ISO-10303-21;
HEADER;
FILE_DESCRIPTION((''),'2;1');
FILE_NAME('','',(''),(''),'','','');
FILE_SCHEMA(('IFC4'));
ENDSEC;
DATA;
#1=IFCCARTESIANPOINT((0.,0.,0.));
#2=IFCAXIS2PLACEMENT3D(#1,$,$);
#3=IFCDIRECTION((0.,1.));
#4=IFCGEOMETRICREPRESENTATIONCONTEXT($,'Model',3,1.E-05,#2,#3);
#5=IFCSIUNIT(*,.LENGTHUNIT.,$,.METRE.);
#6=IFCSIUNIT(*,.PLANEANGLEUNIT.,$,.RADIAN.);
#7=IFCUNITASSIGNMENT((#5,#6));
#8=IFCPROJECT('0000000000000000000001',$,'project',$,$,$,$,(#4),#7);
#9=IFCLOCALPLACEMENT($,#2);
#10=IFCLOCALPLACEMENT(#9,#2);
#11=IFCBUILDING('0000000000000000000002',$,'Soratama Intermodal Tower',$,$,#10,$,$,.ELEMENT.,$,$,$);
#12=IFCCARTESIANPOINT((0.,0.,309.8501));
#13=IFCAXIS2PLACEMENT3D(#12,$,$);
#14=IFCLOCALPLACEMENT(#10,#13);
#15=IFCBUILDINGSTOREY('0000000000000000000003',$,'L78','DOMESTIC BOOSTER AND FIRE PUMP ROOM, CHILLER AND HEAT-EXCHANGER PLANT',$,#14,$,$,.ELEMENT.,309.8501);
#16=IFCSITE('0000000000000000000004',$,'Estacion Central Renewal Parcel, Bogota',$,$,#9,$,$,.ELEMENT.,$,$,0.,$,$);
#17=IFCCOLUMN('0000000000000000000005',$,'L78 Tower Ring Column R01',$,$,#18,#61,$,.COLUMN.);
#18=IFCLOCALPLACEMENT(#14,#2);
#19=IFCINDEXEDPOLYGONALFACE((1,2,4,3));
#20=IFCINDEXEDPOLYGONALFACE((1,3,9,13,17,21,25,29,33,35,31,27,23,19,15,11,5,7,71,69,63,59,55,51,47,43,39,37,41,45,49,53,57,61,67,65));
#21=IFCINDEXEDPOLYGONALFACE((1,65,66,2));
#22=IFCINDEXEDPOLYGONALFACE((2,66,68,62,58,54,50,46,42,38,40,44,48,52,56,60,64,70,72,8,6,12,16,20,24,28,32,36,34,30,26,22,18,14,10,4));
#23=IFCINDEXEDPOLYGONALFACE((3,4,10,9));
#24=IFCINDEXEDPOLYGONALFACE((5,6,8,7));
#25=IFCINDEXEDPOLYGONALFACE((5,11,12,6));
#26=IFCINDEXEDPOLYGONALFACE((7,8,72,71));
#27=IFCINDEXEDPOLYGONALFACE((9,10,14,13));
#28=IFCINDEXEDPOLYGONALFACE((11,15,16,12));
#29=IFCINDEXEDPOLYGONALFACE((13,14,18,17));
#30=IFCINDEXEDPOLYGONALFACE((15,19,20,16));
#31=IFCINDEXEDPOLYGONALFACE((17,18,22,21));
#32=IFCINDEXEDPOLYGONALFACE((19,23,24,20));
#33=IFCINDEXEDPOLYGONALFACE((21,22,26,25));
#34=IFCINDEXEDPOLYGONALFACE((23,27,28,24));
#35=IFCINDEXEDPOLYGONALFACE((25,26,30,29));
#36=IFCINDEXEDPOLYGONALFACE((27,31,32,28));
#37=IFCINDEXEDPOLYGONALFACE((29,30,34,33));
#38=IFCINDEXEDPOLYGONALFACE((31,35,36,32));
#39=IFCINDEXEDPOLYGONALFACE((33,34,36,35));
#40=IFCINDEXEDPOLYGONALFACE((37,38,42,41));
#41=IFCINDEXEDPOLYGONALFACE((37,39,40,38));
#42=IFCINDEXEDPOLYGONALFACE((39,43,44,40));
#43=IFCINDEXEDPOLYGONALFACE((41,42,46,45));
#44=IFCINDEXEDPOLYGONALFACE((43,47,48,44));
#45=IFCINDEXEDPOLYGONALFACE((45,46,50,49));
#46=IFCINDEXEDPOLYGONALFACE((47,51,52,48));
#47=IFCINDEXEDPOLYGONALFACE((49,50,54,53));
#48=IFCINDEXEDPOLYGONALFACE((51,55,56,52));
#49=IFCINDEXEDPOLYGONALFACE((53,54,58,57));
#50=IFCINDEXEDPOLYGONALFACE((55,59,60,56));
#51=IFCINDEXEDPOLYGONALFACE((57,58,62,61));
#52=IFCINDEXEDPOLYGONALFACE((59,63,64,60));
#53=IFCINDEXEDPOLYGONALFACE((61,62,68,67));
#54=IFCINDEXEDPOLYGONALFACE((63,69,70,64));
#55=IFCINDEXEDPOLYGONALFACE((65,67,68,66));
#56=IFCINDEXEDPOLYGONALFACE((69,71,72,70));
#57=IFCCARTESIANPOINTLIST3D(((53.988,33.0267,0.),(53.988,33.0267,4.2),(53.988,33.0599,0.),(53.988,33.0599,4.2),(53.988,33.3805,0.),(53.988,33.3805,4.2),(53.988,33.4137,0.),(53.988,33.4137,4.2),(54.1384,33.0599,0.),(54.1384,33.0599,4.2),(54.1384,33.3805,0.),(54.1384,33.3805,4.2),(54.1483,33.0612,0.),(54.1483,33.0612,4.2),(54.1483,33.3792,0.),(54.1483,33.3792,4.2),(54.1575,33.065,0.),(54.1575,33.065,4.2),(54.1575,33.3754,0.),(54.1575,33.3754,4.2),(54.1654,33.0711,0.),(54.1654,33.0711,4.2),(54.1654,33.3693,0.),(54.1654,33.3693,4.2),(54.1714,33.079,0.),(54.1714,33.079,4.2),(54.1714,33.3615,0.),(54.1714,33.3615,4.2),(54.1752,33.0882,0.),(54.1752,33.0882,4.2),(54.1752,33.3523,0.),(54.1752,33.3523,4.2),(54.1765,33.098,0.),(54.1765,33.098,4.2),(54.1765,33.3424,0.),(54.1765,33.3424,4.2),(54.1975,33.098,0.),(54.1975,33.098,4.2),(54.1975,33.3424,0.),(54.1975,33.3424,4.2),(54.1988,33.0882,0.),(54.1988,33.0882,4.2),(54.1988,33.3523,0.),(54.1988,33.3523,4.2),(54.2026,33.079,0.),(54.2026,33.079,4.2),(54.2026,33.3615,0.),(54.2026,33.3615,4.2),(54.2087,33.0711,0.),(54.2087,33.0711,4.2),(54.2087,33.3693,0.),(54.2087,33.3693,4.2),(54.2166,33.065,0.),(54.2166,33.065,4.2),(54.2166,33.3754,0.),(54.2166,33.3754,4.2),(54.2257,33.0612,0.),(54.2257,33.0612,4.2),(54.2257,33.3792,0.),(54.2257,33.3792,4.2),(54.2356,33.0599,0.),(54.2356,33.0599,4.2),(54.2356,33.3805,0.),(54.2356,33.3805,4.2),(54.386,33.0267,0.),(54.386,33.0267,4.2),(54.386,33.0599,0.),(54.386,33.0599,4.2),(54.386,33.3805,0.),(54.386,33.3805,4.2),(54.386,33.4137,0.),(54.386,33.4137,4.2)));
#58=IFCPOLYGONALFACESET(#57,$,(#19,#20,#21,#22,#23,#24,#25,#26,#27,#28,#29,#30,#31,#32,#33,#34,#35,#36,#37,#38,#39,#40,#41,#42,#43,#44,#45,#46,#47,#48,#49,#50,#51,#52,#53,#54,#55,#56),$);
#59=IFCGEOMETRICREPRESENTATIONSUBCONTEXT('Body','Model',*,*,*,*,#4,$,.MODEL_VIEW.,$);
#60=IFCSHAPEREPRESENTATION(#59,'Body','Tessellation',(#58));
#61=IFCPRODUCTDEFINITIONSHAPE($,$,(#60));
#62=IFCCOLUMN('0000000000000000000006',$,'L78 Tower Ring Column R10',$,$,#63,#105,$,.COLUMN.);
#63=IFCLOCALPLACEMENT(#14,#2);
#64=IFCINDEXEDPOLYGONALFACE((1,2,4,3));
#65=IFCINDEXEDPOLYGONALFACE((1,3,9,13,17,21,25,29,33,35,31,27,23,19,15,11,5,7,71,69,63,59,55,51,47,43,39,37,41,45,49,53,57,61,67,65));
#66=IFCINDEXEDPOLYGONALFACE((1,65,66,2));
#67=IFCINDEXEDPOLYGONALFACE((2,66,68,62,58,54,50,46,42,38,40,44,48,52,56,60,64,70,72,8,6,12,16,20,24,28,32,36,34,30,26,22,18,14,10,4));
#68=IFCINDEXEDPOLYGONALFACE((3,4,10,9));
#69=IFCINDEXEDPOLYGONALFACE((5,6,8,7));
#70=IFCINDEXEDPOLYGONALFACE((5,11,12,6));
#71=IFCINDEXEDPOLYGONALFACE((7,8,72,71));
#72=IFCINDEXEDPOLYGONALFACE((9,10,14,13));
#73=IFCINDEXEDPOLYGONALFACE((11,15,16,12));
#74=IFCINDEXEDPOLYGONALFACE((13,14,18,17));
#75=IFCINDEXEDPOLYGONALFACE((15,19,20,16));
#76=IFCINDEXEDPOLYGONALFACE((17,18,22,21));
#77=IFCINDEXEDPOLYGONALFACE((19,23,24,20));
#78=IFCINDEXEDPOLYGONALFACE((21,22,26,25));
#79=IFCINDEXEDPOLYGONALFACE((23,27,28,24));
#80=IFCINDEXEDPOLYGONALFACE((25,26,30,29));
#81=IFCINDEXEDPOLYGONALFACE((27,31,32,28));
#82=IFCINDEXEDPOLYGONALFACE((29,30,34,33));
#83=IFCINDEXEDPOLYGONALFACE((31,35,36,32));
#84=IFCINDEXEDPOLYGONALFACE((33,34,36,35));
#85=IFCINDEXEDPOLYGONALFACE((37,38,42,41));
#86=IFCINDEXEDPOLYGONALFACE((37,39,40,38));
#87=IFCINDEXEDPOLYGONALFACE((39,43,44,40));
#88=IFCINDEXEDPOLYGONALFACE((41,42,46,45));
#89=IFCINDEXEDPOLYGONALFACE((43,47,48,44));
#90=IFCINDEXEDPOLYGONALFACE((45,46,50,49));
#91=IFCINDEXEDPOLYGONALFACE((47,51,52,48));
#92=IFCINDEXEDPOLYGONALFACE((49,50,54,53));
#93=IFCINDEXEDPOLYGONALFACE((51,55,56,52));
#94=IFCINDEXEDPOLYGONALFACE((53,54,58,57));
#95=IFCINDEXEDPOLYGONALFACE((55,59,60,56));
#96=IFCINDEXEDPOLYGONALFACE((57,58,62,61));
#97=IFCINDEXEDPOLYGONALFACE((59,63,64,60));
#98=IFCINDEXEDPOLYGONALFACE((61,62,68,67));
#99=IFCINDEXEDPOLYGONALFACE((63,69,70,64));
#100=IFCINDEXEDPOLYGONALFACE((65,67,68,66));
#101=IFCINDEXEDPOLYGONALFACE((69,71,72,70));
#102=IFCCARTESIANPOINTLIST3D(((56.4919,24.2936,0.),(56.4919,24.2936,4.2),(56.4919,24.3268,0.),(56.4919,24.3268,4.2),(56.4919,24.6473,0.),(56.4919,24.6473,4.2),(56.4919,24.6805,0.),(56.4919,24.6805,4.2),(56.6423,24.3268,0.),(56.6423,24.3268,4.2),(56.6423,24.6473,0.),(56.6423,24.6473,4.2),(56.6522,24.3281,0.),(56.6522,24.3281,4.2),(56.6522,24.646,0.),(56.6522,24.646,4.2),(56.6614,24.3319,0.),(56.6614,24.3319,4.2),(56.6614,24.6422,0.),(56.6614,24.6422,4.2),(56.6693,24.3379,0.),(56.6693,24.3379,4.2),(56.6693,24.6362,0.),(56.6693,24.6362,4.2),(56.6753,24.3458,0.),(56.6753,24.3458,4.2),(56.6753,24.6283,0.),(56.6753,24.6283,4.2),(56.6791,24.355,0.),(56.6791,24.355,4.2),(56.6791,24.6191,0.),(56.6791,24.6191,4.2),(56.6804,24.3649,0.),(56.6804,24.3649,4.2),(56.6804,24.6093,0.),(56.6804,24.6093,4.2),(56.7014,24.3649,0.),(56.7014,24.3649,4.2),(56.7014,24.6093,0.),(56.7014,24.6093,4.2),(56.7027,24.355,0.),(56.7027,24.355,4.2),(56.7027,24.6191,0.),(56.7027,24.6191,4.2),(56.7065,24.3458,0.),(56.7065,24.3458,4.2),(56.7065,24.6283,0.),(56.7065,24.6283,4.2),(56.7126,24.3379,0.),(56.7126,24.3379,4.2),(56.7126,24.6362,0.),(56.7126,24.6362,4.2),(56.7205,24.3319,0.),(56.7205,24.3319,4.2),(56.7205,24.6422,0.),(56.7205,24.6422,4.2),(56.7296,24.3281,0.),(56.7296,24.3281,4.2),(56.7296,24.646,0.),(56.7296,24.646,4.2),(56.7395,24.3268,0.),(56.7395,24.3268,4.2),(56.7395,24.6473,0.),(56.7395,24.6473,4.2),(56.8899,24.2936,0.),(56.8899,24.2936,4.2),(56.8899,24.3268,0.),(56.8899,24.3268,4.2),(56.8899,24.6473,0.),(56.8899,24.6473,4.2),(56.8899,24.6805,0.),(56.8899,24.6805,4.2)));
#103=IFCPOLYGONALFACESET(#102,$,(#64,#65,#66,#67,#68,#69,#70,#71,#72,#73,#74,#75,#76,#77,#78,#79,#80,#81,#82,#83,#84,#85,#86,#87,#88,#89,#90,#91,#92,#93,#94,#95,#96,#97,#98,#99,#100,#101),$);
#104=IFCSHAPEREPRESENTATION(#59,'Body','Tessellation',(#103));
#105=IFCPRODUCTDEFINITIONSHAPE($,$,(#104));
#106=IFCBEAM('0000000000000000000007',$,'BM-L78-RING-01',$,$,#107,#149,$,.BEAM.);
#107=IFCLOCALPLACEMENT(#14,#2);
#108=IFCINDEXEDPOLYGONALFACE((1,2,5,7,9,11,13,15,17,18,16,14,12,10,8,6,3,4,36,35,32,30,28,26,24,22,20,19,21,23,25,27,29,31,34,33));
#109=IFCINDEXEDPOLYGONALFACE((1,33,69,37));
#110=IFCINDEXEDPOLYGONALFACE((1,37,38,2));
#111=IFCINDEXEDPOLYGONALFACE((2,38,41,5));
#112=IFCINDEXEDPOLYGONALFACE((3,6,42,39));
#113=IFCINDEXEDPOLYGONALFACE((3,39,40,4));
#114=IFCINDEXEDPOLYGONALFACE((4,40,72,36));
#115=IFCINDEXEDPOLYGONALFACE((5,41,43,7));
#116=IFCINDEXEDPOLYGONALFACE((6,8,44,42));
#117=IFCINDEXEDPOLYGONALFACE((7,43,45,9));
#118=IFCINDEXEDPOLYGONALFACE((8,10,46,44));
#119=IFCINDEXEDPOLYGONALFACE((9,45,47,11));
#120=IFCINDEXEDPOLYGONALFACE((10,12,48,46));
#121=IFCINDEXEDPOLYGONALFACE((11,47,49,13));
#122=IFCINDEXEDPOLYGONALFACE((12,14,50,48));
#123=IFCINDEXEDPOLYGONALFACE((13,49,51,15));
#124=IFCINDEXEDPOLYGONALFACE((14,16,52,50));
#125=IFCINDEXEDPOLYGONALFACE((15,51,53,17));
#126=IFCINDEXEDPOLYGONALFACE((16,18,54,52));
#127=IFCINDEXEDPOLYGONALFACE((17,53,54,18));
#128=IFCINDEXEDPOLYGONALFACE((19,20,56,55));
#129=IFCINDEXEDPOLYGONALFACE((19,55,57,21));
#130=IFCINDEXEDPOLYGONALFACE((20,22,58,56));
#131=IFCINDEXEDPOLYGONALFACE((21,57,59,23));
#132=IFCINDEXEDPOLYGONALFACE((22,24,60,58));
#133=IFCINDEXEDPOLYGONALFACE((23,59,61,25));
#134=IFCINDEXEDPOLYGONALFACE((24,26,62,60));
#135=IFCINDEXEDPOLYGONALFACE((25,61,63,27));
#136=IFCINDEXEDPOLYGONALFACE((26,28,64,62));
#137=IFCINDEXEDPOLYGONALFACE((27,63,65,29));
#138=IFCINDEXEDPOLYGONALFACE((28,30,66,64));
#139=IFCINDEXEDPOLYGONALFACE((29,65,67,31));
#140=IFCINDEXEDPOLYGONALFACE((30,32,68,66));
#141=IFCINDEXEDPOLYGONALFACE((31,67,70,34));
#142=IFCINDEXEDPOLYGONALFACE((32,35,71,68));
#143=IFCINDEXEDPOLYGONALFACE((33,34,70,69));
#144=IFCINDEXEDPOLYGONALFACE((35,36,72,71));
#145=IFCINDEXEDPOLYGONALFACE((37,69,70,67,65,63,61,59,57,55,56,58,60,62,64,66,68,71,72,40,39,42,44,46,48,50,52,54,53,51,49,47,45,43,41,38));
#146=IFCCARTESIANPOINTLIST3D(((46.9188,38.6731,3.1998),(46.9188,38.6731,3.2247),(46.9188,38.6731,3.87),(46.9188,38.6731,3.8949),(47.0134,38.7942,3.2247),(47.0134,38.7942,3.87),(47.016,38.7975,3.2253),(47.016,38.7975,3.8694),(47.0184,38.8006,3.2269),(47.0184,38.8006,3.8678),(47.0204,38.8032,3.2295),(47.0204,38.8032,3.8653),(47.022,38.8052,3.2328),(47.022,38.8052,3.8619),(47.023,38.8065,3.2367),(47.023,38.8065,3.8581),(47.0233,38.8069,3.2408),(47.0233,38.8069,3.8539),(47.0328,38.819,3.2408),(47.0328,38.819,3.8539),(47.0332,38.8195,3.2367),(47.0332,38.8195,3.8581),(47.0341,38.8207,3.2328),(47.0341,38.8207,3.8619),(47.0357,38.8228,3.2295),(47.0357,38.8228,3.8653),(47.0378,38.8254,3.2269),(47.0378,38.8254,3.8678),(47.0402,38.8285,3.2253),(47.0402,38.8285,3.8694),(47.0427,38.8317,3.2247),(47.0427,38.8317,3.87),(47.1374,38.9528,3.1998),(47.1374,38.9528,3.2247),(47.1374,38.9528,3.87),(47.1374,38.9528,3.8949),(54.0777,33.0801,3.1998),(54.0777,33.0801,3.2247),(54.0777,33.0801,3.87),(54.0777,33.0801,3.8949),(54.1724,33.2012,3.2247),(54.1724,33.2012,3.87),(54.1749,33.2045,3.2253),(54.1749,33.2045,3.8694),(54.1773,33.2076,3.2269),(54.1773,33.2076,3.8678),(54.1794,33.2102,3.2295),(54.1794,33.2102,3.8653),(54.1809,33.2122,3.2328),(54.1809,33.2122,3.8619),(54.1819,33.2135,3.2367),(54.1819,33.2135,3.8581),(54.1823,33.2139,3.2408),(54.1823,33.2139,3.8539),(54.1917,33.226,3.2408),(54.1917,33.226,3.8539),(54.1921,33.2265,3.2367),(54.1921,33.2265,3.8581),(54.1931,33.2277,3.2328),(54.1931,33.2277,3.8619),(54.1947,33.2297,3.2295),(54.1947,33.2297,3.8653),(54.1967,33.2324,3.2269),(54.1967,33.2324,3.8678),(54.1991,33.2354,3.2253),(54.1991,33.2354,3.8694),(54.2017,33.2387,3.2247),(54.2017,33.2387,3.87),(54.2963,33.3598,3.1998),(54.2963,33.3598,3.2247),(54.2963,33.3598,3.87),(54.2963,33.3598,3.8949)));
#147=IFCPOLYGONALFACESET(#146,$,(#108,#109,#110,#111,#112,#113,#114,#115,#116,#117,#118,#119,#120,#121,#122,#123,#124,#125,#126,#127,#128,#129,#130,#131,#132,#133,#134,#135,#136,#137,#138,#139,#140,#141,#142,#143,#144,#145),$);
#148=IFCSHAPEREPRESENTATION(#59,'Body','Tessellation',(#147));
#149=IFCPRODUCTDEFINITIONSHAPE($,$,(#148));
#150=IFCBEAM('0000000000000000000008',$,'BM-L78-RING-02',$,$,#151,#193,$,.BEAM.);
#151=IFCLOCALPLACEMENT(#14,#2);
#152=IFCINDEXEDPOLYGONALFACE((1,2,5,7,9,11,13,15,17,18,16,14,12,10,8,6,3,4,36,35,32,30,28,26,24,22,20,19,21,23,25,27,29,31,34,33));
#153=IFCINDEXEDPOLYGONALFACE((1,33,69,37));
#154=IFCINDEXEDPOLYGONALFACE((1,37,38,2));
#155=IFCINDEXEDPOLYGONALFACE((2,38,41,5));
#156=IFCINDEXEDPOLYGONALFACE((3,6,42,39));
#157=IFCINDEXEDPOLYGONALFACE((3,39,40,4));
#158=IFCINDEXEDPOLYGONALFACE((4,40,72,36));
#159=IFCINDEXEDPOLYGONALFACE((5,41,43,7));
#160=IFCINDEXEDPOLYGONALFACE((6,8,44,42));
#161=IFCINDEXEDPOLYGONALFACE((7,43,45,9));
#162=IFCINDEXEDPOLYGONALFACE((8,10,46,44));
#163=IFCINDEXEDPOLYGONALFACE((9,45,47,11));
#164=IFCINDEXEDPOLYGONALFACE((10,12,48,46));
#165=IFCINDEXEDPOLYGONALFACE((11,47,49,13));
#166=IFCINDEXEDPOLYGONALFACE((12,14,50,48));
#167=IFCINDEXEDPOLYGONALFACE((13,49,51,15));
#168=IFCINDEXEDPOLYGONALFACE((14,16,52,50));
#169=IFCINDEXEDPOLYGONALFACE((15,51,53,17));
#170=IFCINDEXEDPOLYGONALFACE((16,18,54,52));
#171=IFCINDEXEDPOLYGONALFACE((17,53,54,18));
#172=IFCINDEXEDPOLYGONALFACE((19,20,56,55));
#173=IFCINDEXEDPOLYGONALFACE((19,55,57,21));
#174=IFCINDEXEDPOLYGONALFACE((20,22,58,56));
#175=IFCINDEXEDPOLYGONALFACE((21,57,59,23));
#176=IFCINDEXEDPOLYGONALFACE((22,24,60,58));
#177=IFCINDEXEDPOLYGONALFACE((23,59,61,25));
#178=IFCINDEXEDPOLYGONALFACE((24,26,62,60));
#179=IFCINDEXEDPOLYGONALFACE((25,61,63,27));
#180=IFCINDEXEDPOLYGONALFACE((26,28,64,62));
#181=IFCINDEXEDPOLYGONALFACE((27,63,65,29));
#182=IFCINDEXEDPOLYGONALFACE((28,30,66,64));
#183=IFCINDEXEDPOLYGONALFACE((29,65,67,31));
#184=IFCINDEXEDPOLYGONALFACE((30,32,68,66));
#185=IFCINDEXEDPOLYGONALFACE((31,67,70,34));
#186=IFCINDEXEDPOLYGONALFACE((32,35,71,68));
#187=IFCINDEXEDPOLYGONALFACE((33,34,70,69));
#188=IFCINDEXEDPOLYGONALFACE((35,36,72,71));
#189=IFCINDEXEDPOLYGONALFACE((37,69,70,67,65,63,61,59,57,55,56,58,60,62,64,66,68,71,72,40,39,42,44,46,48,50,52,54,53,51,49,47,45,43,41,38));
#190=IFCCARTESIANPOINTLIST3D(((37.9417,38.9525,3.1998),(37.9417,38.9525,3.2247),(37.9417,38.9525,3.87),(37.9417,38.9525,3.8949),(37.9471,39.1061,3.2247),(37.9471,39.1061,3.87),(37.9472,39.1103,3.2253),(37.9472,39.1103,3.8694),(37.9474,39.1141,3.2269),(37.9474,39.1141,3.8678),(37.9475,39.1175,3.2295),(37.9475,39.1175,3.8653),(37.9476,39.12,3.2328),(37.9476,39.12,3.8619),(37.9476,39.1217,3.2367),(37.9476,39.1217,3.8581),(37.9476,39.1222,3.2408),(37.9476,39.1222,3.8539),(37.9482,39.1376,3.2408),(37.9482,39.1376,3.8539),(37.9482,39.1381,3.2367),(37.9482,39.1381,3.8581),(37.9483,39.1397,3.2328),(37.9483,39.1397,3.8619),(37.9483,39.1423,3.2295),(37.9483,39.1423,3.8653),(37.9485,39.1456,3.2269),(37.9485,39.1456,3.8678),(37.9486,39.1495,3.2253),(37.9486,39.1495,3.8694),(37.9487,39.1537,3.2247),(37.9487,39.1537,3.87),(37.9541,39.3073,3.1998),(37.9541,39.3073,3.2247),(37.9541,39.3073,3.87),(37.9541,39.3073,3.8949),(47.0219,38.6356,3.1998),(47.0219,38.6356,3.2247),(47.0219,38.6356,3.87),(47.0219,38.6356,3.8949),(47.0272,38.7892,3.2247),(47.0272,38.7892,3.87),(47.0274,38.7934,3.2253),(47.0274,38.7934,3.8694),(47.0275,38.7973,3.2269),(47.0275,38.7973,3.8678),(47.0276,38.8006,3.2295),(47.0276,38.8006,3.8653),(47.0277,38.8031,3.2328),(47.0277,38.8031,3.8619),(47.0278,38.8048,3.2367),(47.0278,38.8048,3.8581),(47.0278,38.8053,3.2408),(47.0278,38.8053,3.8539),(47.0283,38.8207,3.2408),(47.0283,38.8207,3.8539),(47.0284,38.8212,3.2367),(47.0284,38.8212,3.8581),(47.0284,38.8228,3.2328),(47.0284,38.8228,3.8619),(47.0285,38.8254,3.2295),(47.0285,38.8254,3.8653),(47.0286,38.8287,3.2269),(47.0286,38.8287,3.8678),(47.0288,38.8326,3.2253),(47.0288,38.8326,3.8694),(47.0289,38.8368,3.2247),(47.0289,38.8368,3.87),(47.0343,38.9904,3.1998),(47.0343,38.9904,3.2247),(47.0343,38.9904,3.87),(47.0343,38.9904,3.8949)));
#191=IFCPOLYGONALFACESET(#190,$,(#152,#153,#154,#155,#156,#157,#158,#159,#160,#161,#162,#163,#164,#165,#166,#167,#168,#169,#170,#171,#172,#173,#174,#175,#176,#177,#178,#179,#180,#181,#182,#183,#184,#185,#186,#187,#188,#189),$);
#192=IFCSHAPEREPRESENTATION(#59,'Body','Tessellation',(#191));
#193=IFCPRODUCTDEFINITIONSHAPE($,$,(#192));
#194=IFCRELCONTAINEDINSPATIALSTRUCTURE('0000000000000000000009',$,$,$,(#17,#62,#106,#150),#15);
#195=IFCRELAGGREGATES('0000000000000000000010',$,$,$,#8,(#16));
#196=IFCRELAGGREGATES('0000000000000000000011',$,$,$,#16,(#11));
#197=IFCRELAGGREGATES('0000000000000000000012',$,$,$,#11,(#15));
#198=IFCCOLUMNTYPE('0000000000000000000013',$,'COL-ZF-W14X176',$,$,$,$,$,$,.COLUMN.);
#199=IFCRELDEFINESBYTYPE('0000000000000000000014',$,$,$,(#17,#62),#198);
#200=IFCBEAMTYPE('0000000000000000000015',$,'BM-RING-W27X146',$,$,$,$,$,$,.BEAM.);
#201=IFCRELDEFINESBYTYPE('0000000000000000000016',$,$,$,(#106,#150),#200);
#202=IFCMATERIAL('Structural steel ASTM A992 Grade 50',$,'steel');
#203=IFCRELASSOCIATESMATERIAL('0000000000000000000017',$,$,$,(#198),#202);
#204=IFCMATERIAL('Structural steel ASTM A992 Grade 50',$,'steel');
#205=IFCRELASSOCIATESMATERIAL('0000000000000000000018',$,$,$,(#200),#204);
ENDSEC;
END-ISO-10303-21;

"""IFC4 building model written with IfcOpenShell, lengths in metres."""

from ifc_helpers import new_model, si_unit, direction, frame, origin, origin_2d, place, context, subcontext, project, spatial, i_section, extrude, material, material_profile, profile_set, type_object, element, save


model = new_model("IFC4")

# Units and contexts
model_context = context("Model", 3, precision=1e-05, world=origin(), true_north=direction((0.0, 1.0)))
body_context = subcontext(model_context, "Body", "Model", "MODEL_VIEW")
ifc_project = project(units=[si_unit("LENGTHUNIT", "METRE"), si_unit("PLANEANGLEUNIT", "RADIAN")], contexts=[model_context])

# Site, building, storey
site_placement = place(None, origin())
site = spatial("IfcSite", under=ifc_project, at=site_placement, Name="Estacion Central Renewal Parcel, Bogota", CompositionType="ELEMENT", RefElevation=0.0)
building_placement = place(site_placement, origin())
building = spatial("IfcBuilding", under=site, at=building_placement, Name="Soratama Intermodal Tower", CompositionType="ELEMENT")
storey_placement = place(building_placement, frame((0.0, 0.0, 309.8501)))
storey = spatial("IfcBuildingStorey", under=building, at=storey_placement, Name="L78", Description="DOMESTIC BOOSTER AND FIRE PUMP ROOM, CHILLER AND HEAT-EXCHANGER PLANT", CompositionType="ELEMENT", Elevation=309.8501)

# Columns
ifc_material_1 = material(Name="Structural steel ASTM A992 Grade 50", Category="steel")
ifc_material_profile_1 = material_profile(ifc_material_1, i_section(OverallWidth=0.3979, OverallDepth=0.387, WebThickness=0.021, FlangeThickness=0.0332, FilletRadius=0.0381, at=origin_2d()), Name="W14X176")
ifc_profile_set_1 = profile_set([ifc_material_profile_1], Name="Structural steel ASTM A992 Grade 50")
column_type = type_object("IfcColumnType", Name="COL-ZF-W14X176", PredefinedType="COLUMN", material=ifc_profile_set_1)
for number, where, z_axis, x_axis, name in (
    (1, (54.187, 33.2202, 0.0), (0.0, 0.0, 1.0), (1.0, 0.0, 0.0), "L78 Tower Ring Column R01"),
    (2, (56.6909, 24.4871, 0.0), (0.0, 0.0, 1.0), (1.0, 0.0, 0.0), "L78 Tower Ring Column R10"),
):
    element("IfcColumn", number, at=place(storey_placement, frame(where, z_axis=z_axis, x_axis=x_axis)), inside=storey, type_object=column_type, Name=name, PredefinedType="COLUMN", context=body_context, shape_type="SweptSolid", body=[
        extrude(i_section(OverallWidth=0.3979, OverallDepth=0.387, WebThickness=0.021, FlangeThickness=0.0332, FilletRadius=0.0381, at=origin_2d()), origin(), (0.0, 0.0, 1.0), 4.2),
    ])

# Beams
ifc_material_2 = material(Name="Structural steel ASTM A992 Grade 50", Category="steel")
ifc_material_profile_2 = material_profile(ifc_material_2, i_section(OverallWidth=0.355, OverallDepth=0.6951, WebThickness=0.0154, FlangeThickness=0.0249, FilletRadius=0.0161, at=origin_2d()), Name="W27X146")
ifc_profile_set_2 = profile_set([ifc_material_profile_2], Name="Structural steel ASTM A992 Grade 50")
beam_type_1 = type_object("IfcBeamType", Name="BM-RING-W27X146", PredefinedType="BEAM", material=ifc_profile_set_2)
beam_1_placement = place(storey_placement, frame((54.187, 33.22, 3.5474), z_axis=(-0.788019, 0.615651, 0.0), x_axis=(-0.615651, -0.788019, 0.0)))
element("IfcBeam", 3, at=beam_1_placement, inside=storey, type_object=beam_type_1, Name="BM-L78-RING-01", PredefinedType="BEAM", context=body_context, shape_type="SweptSolid", body=[
    extrude(i_section(OverallWidth=0.355, OverallDepth=0.6951, WebThickness=0.0154, FlangeThickness=0.0249, FilletRadius=0.0161, at=origin_2d()), origin(), (0.0, 0.0, 1.0), 9.0847),
])
beam_2_placement = place(storey_placement, frame((47.0281, 38.813, 3.5474), z_axis=(-0.999392, 0.034879, 0.0), x_axis=(-0.034879, -0.999392, 0.0)))
element("IfcBeam", 4, at=beam_2_placement, inside=storey, type_object=beam_type_1, Name="BM-L78-RING-02", PredefinedType="BEAM", context=body_context, shape_type="SweptSolid", body=[
    extrude(i_section(OverallWidth=0.355, OverallDepth=0.6951, WebThickness=0.0154, FlangeThickness=0.0249, FilletRadius=0.0161, at=origin_2d()), origin(), (0.0, 0.0, 1.0), 9.0857),
])

save(model, "model.ifc")
